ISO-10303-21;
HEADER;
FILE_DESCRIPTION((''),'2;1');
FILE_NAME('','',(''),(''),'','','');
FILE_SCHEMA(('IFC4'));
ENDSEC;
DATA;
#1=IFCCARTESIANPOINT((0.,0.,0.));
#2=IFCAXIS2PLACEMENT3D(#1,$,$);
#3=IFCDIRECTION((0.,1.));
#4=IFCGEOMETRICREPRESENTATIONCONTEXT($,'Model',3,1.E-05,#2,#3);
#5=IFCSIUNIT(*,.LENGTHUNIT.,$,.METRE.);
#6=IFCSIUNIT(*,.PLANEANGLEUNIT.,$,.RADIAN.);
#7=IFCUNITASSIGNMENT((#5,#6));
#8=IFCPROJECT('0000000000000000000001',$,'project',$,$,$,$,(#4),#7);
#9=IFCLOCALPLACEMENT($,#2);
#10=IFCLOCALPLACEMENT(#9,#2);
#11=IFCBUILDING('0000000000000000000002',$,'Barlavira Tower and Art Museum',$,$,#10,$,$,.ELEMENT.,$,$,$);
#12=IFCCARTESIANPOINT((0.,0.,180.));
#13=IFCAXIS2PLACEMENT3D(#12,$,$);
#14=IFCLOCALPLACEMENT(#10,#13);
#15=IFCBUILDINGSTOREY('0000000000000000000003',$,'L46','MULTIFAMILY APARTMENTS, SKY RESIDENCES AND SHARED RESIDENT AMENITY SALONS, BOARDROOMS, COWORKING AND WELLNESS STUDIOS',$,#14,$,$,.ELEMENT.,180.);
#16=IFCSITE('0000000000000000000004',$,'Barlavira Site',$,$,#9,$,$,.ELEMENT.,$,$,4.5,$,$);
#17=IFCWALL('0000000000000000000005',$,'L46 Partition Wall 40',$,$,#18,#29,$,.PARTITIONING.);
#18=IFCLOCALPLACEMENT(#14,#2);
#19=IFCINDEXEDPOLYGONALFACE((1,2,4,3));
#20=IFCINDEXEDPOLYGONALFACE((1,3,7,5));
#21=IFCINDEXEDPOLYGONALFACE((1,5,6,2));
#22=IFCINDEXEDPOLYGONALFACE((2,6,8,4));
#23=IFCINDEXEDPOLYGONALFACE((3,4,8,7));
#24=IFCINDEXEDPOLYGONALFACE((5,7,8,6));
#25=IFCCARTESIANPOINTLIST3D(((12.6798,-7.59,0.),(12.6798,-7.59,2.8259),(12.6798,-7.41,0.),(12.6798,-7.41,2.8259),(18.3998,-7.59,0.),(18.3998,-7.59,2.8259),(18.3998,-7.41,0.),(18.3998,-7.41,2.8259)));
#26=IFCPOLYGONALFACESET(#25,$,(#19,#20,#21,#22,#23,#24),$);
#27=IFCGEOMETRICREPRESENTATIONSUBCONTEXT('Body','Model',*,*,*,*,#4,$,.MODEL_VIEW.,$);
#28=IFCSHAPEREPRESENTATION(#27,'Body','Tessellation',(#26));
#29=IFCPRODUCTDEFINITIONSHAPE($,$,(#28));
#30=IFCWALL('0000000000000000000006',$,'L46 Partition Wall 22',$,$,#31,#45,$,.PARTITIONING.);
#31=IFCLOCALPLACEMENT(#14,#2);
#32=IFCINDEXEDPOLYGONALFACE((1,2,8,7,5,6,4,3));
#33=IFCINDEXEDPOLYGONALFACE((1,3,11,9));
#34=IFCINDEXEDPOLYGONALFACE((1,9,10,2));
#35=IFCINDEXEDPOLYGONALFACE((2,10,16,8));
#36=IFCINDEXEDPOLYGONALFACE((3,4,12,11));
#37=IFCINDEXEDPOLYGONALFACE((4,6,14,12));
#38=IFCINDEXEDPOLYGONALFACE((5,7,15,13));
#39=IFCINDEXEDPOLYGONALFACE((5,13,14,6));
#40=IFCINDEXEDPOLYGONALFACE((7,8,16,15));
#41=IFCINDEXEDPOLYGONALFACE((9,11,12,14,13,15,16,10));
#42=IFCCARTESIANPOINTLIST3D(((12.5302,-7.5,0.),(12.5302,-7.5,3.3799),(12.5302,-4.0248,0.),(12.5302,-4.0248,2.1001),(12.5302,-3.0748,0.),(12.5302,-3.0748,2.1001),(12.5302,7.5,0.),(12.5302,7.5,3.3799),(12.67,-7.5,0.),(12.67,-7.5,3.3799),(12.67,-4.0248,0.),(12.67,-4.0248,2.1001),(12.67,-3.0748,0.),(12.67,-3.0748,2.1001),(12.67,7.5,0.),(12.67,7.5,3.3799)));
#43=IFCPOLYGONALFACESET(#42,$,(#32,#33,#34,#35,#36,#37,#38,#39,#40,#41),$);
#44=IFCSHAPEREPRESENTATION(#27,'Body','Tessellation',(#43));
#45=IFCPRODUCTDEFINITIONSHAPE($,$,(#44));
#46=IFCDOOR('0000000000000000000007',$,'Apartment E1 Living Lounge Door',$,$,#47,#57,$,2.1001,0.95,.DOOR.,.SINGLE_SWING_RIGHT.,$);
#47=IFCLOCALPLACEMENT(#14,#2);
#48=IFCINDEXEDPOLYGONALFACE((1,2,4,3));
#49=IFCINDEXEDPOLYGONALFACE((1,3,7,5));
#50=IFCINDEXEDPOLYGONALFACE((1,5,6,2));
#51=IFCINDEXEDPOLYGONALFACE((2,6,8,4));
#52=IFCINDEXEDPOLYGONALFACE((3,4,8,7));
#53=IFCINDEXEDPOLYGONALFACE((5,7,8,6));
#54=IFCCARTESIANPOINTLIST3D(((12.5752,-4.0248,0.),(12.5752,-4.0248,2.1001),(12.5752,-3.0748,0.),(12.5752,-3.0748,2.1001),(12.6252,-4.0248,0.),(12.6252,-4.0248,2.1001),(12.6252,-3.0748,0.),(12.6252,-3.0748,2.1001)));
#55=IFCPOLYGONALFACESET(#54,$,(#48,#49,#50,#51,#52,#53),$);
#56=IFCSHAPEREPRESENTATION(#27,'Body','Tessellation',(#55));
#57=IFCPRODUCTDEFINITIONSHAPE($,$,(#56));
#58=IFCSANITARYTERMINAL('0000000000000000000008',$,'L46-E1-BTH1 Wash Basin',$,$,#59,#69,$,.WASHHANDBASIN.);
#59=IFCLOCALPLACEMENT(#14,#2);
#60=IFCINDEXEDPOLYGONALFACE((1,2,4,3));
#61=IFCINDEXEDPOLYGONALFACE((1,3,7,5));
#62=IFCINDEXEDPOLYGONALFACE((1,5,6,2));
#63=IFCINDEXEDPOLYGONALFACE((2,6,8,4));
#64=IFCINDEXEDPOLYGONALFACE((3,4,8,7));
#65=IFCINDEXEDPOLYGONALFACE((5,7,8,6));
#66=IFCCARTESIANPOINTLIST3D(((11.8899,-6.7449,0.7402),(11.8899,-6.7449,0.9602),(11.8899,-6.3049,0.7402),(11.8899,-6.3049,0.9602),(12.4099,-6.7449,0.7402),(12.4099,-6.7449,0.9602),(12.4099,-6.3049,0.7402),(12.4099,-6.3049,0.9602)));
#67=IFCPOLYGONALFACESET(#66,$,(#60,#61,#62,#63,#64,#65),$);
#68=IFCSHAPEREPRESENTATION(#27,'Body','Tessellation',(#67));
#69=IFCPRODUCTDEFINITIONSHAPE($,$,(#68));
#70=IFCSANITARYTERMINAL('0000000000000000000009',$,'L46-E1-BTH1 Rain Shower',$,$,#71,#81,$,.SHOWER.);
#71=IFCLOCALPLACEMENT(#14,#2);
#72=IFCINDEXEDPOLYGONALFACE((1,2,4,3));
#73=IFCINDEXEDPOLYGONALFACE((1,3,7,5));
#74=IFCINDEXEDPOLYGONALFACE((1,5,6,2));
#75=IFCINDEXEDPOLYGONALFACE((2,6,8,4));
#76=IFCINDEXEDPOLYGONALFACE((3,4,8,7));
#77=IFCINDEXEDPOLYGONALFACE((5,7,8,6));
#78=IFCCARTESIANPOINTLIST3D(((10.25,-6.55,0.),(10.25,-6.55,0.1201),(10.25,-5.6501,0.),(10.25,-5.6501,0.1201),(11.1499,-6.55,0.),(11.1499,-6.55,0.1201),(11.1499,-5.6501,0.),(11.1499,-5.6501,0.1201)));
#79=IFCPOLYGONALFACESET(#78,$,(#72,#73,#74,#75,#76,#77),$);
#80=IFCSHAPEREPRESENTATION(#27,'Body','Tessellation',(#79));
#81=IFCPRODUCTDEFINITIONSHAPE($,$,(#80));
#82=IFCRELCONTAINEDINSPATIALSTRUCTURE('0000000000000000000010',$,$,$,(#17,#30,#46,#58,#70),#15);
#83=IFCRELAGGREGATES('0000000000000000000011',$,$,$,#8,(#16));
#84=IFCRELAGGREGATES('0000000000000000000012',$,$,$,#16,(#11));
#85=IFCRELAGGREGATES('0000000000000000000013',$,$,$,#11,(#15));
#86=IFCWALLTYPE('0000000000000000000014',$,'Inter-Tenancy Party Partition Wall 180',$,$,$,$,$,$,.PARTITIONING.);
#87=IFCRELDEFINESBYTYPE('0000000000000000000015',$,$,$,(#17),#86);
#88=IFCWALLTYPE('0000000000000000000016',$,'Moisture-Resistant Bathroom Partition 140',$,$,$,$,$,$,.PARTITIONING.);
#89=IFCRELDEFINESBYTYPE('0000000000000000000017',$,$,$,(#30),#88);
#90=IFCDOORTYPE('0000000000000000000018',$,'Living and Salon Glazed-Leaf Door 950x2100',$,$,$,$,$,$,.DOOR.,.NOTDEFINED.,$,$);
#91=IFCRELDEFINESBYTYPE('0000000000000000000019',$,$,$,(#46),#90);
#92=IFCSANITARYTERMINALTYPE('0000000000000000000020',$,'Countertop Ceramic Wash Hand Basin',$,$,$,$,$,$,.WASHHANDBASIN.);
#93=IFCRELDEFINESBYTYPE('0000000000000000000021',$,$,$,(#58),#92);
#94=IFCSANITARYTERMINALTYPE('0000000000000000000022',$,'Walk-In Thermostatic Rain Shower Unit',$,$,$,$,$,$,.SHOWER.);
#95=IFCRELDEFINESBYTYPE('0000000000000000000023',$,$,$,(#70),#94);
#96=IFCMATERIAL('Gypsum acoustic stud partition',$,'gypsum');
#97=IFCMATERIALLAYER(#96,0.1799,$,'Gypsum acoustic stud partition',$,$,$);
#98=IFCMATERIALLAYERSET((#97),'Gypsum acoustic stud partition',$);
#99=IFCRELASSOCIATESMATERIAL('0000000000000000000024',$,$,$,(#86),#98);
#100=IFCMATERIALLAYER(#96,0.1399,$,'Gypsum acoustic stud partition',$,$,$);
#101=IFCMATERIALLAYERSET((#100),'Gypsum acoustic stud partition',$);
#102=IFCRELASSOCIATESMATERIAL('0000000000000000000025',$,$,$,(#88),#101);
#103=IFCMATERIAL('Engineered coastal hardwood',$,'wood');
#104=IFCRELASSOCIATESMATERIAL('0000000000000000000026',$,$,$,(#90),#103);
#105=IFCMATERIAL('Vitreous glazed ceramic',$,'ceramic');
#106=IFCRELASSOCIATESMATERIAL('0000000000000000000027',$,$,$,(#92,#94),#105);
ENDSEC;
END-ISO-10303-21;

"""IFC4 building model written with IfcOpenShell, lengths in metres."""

from ifc_helpers import new_model, si_unit, direction, frame, frame_2d, origin, origin_2d, place, context, subcontext, project, spatial, rectangle, extrude, material, layer, layer_set, type_object, element, fill, save


model = new_model("IFC4")

# Units and contexts
model_context = context("Model", 3, precision=1e-05, world=origin(), true_north=direction((0.0, 1.0)))
body_context = subcontext(model_context, "Body", "Model", "MODEL_VIEW")
ifc_project = project(units=[si_unit("LENGTHUNIT", "METRE"), si_unit("PLANEANGLEUNIT", "RADIAN")], contexts=[model_context])

# Site, building, storey
site_placement = place(None, origin())
site = spatial("IfcSite", under=ifc_project, at=site_placement, Name="Barlavira Site", CompositionType="ELEMENT", RefElevation=4.5)
building_placement = place(site_placement, origin())
building = spatial("IfcBuilding", under=site, at=building_placement, Name="Barlavira Tower and Art Museum", CompositionType="ELEMENT")
storey_placement = place(building_placement, frame((0.0, 0.0, 180.0)))
storey = spatial("IfcBuildingStorey", under=building, at=storey_placement, Name="L46", Description="MULTIFAMILY APARTMENTS, SKY RESIDENCES AND SHARED RESIDENT AMENITY SALONS, BOARDROOMS, COWORKING AND WELLNESS STUDIOS", CompositionType="ELEMENT", Elevation=180.0)

# Shared definitions
ifc_material_1 = material(Name="Gypsum acoustic stud partition", Category="gypsum")
ifc_material_2 = material(Name="Engineered coastal hardwood", Category="wood")

# Wall
ifc_layer_1 = layer(ifc_material_1, 0.1799, Name="Gypsum acoustic stud partition")
ifc_layer_set_1 = layer_set([ifc_layer_1], Name="Gypsum acoustic stud partition")
wall_type_1 = type_object("IfcWallType", Name="Inter-Tenancy Party Partition Wall 180", PredefinedType="PARTITIONING", material=ifc_layer_set_1)
wall_1_placement = place(storey_placement, frame((12.6799, -7.5, 0.0), z_axis=(0.0, 0.0, 1.0), x_axis=(1.0, 0.0, 0.0)))
element("IfcWall", 1, at=wall_1_placement, inside=storey, type_object=wall_type_1, Name="L46 Partition Wall 40", PredefinedType="PARTITIONING", context=body_context, shape_type="SweptSolid", body=[
    extrude(rectangle(XDim=5.72, YDim=0.1799, at=frame_2d((2.8599, 0.0))), origin(), (0.0, 0.0, 1.0), 2.8259),
])

# Wall, opening, door
ifc_layer_2 = layer(ifc_material_1, 0.1399, Name="Gypsum acoustic stud partition")
ifc_layer_set_2 = layer_set([ifc_layer_2], Name="Gypsum acoustic stud partition")
wall_type_2 = type_object("IfcWallType", Name="Moisture-Resistant Bathroom Partition 140", PredefinedType="PARTITIONING", material=ifc_layer_set_2)
wall_2_placement = place(storey_placement, frame((12.6001, -7.5, 0.0), z_axis=(0.0, 0.0, 1.0), x_axis=(0.0, 1.0, 0.0)))
wall_2 = element("IfcWall", 2, at=wall_2_placement, inside=storey, type_object=wall_type_2, Name="L46 Partition Wall 22", PredefinedType="PARTITIONING", context=body_context, shape_type="SweptSolid", body=[
    extrude(rectangle(XDim=15.0, YDim=0.1399, at=frame_2d((7.5, 0.0))), origin(), (0.0, 0.0, 1.0), 3.3799),
])
opening_1_placement = place(wall_2_placement, frame((3.4751, 0.0, 0.0)))
opening_1 = element("IfcOpeningElement", 3, at=opening_1_placement, cuts=wall_2, PredefinedType="OPENING", context=body_context, shape_type="SweptSolid", body=[
    extrude(rectangle(XDim=0.95, YDim=2.1001, at=frame_2d((0.4751, 1.05))), frame((0.0, 0.0801, 0.0), z_axis=(0.0, -1.0, 0.0), x_axis=(1.0, 0.0, 0.0)), (0.0, 0.0, 1.0), 0.1599),
])
door_type_1 = type_object("IfcDoorType", Name="Living and Salon Glazed-Leaf Door 950x2100", OperationType="NOTDEFINED", PredefinedType="DOOR", material=ifc_material_2)
door_1_placement = place(opening_1_placement, origin())
door_1 = element("IfcDoor", 4, at=door_1_placement, inside=storey, type_object=door_type_1, Name="Apartment E1 Living Lounge Door", OperationType="SINGLE_SWING_RIGHT", OverallHeight=2.1001, OverallWidth=0.95, PredefinedType="DOOR", context=body_context, shape_type="SweptSolid", body=[
    extrude(rectangle(XDim=0.95, YDim=2.1001, at=frame_2d((0.4751, 1.05))), frame((0.0, 0.0249, 0.0), z_axis=(0.0, -1.0, 0.0), x_axis=(1.0, 0.0, 0.0)), (0.0, 0.0, 1.0), 0.05),
])
fill(opening_1, door_1)

# Sanitary terminals
ifc_material_3 = material(Name="Vitreous glazed ceramic", Category="ceramic")
sanitary_terminal_type_1 = type_object("IfcSanitaryTerminalType", Name="Countertop Ceramic Wash Hand Basin", PredefinedType="WASHHANDBASIN", material=ifc_material_3)
sanitary_terminal_1_placement = place(storey_placement, frame((12.1499, -6.5249, 0.7402), z_axis=(0.0, 0.0, 1.0), x_axis=(1.0, 0.0, 0.0)))
element("IfcSanitaryTerminal", 5, at=sanitary_terminal_1_placement, inside=storey, type_object=sanitary_terminal_type_1, Name="L46-E1-BTH1 Wash Basin", PredefinedType="WASHHANDBASIN", context=body_context, shape_type="SweptSolid", body=[
    extrude(rectangle(XDim=0.52, YDim=0.4399, at=origin_2d()), origin(), (0.0, 0.0, 1.0), 0.22),
])
sanitary_terminal_type_2 = type_object("IfcSanitaryTerminalType", Name="Walk-In Thermostatic Rain Shower Unit", PredefinedType="SHOWER", material=ifc_material_3)
sanitary_terminal_2_placement = place(storey_placement, frame((10.7, -6.1001, 0.0), z_axis=(0.0, 0.0, 1.0), x_axis=(1.0, 0.0, 0.0)))
element("IfcSanitaryTerminal", 6, at=sanitary_terminal_2_placement, inside=storey, type_object=sanitary_terminal_type_2, Name="L46-E1-BTH1 Rain Shower", PredefinedType="SHOWER", context=body_context, shape_type="SweptSolid", body=[
    extrude(rectangle(XDim=0.8999, YDim=0.8999, at=origin_2d()), origin(), (0.0, 0.0, 1.0), 0.1201),
])

save(model, "model.ifc")
